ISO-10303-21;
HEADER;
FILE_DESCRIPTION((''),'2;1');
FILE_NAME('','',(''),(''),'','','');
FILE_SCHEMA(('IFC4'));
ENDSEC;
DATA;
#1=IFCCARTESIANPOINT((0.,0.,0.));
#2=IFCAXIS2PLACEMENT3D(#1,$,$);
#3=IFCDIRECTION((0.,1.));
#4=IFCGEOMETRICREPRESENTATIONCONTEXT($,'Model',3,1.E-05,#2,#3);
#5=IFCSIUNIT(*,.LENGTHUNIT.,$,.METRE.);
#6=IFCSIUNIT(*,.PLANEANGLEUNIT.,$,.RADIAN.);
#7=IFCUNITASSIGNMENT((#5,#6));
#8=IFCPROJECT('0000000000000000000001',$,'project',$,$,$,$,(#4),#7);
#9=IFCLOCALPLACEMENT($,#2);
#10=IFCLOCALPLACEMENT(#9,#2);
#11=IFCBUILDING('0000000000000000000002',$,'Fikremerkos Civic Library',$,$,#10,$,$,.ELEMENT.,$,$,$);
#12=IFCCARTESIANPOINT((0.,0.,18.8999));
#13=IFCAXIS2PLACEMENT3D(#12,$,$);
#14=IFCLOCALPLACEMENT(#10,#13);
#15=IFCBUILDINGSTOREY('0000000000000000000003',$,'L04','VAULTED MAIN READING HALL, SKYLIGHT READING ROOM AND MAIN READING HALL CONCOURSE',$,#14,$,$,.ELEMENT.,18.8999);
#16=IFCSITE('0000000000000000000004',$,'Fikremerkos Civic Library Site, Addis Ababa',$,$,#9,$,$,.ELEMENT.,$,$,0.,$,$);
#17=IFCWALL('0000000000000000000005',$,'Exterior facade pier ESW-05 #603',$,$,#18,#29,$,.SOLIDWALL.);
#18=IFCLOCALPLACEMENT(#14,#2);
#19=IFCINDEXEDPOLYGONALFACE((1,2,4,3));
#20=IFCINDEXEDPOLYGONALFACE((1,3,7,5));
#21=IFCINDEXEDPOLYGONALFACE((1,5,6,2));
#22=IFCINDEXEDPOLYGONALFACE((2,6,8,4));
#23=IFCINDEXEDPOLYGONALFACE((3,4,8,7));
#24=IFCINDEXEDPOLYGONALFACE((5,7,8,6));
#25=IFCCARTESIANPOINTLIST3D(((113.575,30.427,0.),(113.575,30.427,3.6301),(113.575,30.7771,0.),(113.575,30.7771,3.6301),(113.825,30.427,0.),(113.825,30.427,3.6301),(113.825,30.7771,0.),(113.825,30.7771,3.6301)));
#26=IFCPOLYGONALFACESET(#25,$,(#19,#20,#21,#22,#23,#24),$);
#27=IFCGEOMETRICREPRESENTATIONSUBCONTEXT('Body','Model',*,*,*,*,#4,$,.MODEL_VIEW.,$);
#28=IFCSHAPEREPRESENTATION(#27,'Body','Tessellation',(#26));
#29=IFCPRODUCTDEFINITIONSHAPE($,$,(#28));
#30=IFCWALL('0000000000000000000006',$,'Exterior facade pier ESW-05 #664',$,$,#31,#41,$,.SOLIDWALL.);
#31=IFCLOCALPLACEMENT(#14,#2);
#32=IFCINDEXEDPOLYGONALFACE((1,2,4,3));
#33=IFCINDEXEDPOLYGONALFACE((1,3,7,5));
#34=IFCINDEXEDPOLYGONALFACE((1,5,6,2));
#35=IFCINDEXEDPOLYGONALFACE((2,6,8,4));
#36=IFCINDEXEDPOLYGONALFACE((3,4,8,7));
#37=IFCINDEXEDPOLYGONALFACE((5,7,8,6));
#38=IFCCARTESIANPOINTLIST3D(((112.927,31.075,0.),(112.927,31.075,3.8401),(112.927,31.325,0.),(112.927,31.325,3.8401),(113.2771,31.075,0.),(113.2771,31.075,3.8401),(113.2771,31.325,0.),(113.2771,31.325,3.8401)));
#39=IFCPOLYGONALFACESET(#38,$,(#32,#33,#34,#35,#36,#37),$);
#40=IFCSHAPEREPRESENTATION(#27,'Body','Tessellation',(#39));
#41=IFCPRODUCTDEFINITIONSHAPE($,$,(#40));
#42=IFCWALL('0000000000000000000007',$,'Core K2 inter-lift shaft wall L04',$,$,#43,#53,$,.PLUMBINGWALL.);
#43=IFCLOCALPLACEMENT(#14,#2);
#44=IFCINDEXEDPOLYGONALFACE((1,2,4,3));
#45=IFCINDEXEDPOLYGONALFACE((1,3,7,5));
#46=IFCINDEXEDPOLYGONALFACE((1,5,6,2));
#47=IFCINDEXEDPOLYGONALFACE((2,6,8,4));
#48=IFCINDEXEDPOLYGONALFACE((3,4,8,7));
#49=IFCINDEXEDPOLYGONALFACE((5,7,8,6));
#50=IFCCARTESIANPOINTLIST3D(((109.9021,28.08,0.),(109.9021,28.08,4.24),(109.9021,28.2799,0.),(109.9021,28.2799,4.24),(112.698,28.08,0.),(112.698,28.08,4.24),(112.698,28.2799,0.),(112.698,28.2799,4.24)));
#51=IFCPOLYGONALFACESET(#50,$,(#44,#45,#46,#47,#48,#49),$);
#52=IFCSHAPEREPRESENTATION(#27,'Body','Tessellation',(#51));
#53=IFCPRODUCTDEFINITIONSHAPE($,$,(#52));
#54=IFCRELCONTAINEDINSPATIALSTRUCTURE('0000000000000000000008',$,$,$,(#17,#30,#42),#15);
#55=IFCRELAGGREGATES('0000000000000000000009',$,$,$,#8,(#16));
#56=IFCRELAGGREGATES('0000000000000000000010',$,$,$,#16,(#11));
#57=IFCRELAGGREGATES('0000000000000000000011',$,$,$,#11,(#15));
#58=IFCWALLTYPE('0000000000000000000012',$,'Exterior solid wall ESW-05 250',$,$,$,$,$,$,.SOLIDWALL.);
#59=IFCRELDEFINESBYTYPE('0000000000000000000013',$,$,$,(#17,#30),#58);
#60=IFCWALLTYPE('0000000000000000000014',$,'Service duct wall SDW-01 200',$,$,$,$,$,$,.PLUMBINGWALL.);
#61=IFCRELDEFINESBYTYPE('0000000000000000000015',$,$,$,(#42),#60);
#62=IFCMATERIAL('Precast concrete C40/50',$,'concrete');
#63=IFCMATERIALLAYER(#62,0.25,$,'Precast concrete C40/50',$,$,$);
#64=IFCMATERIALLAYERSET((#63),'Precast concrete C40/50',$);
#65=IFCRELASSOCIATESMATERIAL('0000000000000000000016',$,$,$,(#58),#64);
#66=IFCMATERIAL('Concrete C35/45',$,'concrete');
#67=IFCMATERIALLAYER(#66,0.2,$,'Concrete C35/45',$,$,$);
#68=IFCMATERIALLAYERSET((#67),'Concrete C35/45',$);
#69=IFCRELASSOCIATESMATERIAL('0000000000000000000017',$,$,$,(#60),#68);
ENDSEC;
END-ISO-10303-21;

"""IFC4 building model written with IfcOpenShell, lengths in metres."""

from ifc_helpers import new_model, si_unit, direction, frame, frame_2d, origin, place, context, subcontext, project, spatial, rectangle, extrude, material, layer, layer_set, type_object, element, save


model = new_model("IFC4")

# Units and contexts
model_context = context("Model", 3, precision=1e-05, world=origin(), true_north=direction((0.0, 1.0)))
body_context = subcontext(model_context, "Body", "Model", "MODEL_VIEW")
ifc_project = project(units=[si_unit("LENGTHUNIT", "METRE"), si_unit("PLANEANGLEUNIT", "RADIAN")], contexts=[model_context])

# Site, building, storey
site_placement = place(None, origin())
site = spatial("IfcSite", under=ifc_project, at=site_placement, Name="Fikremerkos Civic Library Site, Addis Ababa", CompositionType="ELEMENT", RefElevation=0.0)
building_placement = place(site_placement, origin())
building = spatial("IfcBuilding", under=site, at=building_placement, Name="Fikremerkos Civic Library", CompositionType="ELEMENT")
storey_placement = place(building_placement, frame((0.0, 0.0, 18.8999)))
storey = spatial("IfcBuildingStorey", under=building, at=storey_placement, Name="L04", Description="VAULTED MAIN READING HALL, SKYLIGHT READING ROOM AND MAIN READING HALL CONCOURSE", CompositionType="ELEMENT", Elevation=18.8999)

# Walls
ifc_material_1 = material(Name="Precast concrete C40/50", Category="concrete")
ifc_layer_1 = layer(ifc_material_1, 0.25, Name="Precast concrete C40/50")
ifc_layer_set_1 = layer_set([ifc_layer_1], Name="Precast concrete C40/50")
wall_type_1 = type_object("IfcWallType", Name="Exterior solid wall ESW-05 250", PredefinedType="SOLIDWALL", material=ifc_layer_set_1)
wall_1_placement = place(storey_placement, frame((113.7, 30.7771, 0.0), z_axis=(0.0, 0.0, 1.0), x_axis=(0.0, -1.0, 0.0)))
element("IfcWall", 1, at=wall_1_placement, inside=storey, type_object=wall_type_1, Name="Exterior facade pier ESW-05 #603", PredefinedType="SOLIDWALL", context=body_context, shape_type="SweptSolid", body=[
    extrude(rectangle(XDim=0.3501, YDim=0.25, at=frame_2d((0.175, 0.0))), origin(), (0.0, 0.0, 1.0), 3.6301),
])
wall_2_placement = place(storey_placement, frame((112.927, 31.2, 0.0), z_axis=(0.0, 0.0, 1.0), x_axis=(1.0, 0.0, 0.0)))
element("IfcWall", 2, at=wall_2_placement, inside=storey, type_object=wall_type_1, Name="Exterior facade pier ESW-05 #664", PredefinedType="SOLIDWALL", context=body_context, shape_type="SweptSolid", body=[
    extrude(rectangle(XDim=0.3501, YDim=0.25, at=frame_2d((0.175, 0.0))), origin(), (0.0, 0.0, 1.0), 3.8401),
])
ifc_material_2 = material(Name="Concrete C35/45", Category="concrete")
ifc_layer_2 = layer(ifc_material_2, 0.2, Name="Concrete C35/45")
ifc_layer_set_2 = layer_set([ifc_layer_2], Name="Concrete C35/45")
wall_type_2 = type_object("IfcWallType", Name="Service duct wall SDW-01 200", PredefinedType="PLUMBINGWALL", material=ifc_layer_set_2)
wall_3_placement = place(storey_placement, frame((109.9021, 28.1799, 0.0), z_axis=(0.0, 0.0, 1.0), x_axis=(1.0, 0.0, 0.0)))
element("IfcWall", 3, at=wall_3_placement, inside=storey, type_object=wall_type_2, Name="Core K2 inter-lift shaft wall L04", PredefinedType="PLUMBINGWALL", context=body_context, shape_type="SweptSolid", body=[
    extrude(rectangle(XDim=2.7959, YDim=0.2, at=frame_2d((1.3979, 0.0))), origin(), (0.0, 0.0, 1.0), 4.24),
])

save(model, "model.ifc")
